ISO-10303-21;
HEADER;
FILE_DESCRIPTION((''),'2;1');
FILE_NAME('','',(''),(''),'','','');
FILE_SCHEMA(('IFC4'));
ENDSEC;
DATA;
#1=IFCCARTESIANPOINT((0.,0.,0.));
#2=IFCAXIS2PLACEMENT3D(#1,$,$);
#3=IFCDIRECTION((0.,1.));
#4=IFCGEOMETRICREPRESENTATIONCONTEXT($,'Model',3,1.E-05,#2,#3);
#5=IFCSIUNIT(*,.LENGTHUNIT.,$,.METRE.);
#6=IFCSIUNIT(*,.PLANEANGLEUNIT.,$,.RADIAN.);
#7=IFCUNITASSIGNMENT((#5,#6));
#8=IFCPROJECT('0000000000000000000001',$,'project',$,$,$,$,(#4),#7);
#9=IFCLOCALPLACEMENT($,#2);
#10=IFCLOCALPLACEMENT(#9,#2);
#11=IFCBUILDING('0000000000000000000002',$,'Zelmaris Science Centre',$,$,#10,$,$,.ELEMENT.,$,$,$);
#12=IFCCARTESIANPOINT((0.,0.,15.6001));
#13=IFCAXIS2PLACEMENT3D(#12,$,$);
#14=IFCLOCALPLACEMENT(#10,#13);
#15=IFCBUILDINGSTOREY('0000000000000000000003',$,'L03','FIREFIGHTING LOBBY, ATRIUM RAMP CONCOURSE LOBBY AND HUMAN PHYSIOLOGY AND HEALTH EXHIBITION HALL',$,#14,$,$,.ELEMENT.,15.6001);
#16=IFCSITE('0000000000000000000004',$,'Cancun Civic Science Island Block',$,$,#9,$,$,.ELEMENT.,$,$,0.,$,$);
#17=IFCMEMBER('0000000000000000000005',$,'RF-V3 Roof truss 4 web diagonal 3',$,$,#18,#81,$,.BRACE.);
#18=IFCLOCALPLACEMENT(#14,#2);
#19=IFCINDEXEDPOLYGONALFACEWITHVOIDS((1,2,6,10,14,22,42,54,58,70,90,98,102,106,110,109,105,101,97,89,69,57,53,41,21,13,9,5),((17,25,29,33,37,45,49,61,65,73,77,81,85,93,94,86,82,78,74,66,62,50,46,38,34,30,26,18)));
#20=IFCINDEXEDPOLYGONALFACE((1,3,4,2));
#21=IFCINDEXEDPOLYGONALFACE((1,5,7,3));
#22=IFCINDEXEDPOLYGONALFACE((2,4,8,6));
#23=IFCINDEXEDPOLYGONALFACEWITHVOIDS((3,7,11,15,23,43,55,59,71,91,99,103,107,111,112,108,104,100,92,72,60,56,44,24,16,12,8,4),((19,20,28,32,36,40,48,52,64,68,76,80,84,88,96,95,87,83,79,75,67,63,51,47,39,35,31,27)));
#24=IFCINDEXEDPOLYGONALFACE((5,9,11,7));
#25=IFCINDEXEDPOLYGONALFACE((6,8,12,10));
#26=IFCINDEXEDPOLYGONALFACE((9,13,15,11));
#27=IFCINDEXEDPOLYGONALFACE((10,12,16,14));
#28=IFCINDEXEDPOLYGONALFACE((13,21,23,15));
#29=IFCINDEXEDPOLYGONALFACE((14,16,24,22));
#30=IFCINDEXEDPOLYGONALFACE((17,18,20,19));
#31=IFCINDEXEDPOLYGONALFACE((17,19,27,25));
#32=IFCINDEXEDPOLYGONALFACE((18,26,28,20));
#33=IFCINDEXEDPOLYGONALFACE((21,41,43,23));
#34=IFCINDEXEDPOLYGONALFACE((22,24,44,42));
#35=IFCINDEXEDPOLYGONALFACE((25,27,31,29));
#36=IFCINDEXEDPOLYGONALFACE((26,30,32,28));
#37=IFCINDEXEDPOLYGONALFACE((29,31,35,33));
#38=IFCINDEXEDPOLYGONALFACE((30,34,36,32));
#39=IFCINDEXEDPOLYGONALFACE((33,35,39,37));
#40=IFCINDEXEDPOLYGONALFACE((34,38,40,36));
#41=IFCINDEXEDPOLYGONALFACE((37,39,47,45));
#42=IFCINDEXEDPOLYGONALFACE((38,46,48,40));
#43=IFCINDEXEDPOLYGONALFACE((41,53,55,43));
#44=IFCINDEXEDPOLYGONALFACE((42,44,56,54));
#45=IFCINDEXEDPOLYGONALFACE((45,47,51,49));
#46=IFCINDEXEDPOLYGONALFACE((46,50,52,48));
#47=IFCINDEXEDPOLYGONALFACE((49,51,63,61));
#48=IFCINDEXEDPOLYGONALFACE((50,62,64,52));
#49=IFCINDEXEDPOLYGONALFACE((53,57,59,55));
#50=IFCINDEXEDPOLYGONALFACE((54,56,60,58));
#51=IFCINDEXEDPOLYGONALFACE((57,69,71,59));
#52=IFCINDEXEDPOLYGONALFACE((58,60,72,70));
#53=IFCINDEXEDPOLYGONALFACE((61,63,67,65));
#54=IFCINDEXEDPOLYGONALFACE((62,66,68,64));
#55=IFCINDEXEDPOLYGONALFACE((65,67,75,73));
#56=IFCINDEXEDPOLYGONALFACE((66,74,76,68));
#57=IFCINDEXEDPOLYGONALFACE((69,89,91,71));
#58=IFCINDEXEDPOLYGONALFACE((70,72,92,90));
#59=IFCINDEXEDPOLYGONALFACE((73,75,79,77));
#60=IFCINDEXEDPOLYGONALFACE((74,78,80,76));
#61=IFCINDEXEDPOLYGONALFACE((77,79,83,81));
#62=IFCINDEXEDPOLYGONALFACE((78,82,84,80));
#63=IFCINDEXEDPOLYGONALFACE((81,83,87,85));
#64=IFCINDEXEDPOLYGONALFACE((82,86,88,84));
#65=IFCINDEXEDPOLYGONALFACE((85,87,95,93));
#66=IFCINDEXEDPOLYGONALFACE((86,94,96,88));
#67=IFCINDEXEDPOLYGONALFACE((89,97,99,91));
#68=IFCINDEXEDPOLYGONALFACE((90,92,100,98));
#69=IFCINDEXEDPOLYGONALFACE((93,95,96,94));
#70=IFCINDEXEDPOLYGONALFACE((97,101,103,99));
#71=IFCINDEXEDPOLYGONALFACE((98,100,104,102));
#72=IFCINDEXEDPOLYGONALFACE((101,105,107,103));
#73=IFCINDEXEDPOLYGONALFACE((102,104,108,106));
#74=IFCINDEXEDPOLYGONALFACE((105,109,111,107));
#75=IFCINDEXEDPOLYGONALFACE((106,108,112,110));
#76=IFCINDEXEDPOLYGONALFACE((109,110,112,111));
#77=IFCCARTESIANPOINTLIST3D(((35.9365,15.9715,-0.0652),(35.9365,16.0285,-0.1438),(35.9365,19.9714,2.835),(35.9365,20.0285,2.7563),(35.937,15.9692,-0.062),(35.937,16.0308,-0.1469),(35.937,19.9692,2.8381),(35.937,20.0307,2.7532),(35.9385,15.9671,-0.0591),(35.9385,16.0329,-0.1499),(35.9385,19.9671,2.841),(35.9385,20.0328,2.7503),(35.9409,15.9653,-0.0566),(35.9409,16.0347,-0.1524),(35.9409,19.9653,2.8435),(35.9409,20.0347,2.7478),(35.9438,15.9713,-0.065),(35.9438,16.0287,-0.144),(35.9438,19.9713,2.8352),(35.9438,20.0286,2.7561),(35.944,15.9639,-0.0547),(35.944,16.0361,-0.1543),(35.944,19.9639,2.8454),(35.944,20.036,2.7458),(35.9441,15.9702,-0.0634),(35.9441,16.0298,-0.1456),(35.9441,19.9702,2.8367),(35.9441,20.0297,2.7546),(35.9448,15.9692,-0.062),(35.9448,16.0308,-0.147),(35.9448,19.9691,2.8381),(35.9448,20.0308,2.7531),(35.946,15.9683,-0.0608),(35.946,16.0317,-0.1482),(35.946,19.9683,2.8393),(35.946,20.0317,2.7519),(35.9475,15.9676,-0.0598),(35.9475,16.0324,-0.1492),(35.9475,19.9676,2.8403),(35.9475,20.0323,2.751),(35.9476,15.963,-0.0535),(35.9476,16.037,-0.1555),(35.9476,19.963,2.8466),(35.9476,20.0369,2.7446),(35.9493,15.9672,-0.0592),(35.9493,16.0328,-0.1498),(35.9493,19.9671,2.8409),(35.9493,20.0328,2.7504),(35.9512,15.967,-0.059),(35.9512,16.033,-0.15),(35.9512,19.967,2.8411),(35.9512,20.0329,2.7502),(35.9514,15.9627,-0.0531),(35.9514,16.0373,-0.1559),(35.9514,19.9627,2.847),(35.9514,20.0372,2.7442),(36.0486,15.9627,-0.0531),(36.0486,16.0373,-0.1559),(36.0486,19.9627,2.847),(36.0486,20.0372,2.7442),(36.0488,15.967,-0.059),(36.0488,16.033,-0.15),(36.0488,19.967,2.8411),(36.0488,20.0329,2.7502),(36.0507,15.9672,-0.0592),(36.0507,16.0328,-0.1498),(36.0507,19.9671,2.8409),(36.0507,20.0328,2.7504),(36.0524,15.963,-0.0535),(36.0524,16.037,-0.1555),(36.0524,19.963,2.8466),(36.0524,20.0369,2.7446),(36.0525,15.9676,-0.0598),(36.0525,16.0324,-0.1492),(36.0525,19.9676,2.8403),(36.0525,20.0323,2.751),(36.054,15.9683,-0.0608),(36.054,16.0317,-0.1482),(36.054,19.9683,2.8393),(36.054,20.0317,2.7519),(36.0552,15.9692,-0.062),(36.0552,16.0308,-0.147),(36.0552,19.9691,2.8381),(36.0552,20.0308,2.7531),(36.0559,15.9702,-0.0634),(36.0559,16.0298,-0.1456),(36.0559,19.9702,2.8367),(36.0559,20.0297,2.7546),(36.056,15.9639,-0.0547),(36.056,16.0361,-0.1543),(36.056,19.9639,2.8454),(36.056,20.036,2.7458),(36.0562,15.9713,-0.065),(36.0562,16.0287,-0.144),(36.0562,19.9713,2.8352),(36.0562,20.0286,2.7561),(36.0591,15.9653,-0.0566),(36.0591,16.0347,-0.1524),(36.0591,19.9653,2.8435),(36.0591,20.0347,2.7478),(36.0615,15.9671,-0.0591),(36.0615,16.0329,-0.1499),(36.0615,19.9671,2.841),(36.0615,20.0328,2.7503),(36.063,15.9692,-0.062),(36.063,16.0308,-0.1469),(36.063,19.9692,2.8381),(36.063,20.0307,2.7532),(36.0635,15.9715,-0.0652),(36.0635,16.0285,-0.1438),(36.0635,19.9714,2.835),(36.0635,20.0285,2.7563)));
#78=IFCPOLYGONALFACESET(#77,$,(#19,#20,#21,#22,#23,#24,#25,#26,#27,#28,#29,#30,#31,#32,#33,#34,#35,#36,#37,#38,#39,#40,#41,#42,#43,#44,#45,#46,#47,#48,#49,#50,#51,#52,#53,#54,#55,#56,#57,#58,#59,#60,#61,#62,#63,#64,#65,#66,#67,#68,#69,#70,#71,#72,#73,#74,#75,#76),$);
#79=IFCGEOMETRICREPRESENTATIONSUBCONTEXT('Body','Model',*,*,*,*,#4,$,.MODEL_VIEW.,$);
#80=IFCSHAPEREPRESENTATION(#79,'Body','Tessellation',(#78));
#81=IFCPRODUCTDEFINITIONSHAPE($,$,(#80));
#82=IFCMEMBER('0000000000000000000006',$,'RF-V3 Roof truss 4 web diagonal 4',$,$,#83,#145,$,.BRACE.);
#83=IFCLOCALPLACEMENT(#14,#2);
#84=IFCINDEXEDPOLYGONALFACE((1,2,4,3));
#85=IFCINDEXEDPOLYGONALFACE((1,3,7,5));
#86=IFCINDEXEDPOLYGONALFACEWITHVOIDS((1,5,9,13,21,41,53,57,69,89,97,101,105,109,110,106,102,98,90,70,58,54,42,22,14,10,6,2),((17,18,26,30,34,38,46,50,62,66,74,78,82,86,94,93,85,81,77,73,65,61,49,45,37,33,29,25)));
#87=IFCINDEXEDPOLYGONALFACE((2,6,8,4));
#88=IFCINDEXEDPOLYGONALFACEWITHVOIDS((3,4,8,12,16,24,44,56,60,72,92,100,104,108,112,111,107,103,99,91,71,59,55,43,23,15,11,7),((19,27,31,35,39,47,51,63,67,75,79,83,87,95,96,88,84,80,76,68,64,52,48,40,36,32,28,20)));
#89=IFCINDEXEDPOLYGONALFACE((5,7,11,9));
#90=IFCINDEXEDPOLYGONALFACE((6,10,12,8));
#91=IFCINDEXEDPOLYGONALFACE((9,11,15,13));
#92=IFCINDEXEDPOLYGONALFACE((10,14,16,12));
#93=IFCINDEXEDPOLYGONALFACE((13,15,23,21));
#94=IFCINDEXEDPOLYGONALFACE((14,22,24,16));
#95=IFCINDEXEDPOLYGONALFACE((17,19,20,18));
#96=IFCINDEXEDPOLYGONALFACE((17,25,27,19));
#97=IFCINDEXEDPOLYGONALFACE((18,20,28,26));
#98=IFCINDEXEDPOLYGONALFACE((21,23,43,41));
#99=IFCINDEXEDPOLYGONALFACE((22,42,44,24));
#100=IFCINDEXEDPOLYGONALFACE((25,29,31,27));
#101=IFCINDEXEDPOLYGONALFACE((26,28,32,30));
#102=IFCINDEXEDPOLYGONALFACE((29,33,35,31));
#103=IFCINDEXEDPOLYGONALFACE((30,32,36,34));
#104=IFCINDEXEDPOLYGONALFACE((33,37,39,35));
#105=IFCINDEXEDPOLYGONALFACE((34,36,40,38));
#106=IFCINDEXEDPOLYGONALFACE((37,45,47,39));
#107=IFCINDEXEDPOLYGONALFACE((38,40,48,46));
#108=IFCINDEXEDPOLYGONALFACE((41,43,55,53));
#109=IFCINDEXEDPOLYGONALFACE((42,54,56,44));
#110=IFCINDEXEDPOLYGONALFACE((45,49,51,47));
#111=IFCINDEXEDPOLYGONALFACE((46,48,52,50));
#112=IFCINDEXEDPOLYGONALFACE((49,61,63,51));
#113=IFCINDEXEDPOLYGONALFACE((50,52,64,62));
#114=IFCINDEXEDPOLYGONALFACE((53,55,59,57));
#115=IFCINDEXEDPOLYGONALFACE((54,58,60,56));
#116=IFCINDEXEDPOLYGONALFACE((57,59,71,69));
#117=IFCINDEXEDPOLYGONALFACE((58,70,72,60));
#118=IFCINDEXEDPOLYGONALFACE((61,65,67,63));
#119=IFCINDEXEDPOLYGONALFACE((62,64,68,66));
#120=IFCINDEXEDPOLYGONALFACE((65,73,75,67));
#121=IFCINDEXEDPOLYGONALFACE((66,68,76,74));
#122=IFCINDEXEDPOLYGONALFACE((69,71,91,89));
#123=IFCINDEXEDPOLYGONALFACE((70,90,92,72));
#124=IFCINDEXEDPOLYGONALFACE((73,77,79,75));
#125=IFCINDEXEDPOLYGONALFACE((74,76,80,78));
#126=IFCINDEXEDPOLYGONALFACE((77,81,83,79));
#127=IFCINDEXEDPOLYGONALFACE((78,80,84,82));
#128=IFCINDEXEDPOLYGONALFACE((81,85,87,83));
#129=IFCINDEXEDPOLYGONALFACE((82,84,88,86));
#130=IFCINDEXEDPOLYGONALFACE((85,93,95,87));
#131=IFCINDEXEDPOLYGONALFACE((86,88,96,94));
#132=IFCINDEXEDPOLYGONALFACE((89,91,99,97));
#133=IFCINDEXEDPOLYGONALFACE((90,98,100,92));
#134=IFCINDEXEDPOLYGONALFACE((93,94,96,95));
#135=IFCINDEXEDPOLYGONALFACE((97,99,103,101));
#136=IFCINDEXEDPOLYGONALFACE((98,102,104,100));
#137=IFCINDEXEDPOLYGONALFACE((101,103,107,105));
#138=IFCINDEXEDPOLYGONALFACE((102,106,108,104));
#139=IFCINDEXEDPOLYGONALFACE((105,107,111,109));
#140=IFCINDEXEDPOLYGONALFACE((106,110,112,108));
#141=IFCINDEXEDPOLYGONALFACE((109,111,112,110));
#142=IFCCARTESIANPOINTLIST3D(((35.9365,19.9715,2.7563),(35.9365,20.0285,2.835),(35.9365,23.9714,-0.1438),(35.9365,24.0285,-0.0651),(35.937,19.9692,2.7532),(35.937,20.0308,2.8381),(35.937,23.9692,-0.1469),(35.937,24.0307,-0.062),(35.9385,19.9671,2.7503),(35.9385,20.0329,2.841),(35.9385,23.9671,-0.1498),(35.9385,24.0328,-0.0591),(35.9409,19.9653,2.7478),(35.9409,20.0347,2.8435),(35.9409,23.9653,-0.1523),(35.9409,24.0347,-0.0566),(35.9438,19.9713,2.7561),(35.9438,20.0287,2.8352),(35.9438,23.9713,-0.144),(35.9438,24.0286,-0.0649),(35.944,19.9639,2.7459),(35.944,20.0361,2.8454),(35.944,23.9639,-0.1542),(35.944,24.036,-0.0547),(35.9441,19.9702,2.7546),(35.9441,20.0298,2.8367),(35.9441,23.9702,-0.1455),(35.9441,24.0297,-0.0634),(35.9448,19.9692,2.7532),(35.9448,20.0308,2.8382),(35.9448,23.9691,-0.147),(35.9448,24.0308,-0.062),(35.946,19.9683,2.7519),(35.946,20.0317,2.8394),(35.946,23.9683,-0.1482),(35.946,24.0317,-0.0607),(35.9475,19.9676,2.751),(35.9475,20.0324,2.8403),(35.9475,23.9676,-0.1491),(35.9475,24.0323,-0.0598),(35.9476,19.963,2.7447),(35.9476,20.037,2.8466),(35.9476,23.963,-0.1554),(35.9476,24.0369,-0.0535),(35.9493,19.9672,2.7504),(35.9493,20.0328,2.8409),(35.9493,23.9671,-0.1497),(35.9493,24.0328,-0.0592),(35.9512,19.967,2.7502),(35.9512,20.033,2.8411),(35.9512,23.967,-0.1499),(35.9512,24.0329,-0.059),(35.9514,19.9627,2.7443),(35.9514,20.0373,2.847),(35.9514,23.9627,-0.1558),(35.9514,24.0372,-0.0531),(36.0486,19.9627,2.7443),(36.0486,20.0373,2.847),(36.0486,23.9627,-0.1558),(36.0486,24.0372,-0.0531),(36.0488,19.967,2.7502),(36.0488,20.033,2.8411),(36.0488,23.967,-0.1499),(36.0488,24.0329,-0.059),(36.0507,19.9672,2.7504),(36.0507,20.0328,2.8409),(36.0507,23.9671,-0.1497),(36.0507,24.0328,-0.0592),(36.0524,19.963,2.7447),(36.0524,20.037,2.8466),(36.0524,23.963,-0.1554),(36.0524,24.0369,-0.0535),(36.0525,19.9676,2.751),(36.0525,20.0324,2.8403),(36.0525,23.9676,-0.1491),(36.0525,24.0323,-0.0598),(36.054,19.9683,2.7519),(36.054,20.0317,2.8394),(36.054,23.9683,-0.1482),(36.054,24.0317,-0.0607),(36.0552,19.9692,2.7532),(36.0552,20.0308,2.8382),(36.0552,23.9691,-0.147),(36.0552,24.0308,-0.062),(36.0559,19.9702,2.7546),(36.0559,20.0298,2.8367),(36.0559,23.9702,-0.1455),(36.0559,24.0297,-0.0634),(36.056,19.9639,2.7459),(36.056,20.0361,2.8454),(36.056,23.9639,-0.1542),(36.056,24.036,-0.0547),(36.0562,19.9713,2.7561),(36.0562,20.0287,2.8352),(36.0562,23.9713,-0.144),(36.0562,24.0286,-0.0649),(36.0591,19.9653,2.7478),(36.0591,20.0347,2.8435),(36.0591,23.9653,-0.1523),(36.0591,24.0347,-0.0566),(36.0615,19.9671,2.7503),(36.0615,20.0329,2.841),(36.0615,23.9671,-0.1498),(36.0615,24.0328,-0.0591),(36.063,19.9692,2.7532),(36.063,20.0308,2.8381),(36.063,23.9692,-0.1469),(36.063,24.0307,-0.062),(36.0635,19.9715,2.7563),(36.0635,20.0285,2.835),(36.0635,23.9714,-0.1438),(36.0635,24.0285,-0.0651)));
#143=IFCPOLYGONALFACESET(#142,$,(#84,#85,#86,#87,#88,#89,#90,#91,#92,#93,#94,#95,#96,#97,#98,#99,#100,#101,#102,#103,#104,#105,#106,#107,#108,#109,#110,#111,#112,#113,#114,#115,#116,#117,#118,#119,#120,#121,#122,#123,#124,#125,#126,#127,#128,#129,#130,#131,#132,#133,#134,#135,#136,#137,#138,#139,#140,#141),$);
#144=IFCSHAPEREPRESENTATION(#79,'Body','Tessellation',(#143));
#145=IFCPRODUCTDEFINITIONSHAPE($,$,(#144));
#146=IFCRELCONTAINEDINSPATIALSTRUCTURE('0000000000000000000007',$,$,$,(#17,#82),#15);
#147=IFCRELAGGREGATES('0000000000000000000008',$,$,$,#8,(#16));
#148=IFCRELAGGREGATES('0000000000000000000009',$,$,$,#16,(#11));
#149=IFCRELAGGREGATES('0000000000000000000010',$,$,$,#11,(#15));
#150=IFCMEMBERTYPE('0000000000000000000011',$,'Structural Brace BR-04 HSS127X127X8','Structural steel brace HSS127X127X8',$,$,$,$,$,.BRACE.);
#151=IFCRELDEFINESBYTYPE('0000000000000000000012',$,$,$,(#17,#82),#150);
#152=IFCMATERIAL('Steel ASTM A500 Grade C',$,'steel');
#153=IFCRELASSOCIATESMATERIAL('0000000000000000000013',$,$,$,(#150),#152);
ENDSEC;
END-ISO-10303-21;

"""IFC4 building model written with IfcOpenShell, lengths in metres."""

from ifc_helpers import new_model, si_unit, direction, frame, origin, origin_2d, place, context, subcontext, project, spatial, hollow_rectangle, extrude, material, material_profile, profile_set, type_object, element, save


model = new_model("IFC4")

# Units and contexts
model_context = context("Model", 3, precision=1e-05, world=origin(), true_north=direction((0.0, 1.0)))
body_context = subcontext(model_context, "Body", "Model", "MODEL_VIEW")
ifc_project = project(units=[si_unit("LENGTHUNIT", "METRE"), si_unit("PLANEANGLEUNIT", "RADIAN")], contexts=[model_context])

# Site, building, storey
site_placement = place(None, origin())
site = spatial("IfcSite", under=ifc_project, at=site_placement, Name="Cancun Civic Science Island Block", CompositionType="ELEMENT", RefElevation=0.0)
building_placement = place(site_placement, origin())
building = spatial("IfcBuilding", under=site, at=building_placement, Name="Zelmaris Science Centre", CompositionType="ELEMENT")
storey_placement = place(building_placement, frame((0.0, 0.0, 15.6001)))
storey = spatial("IfcBuildingStorey", under=building, at=storey_placement, Name="L03", Description="FIREFIGHTING LOBBY, ATRIUM RAMP CONCOURSE LOBBY AND HUMAN PHYSIOLOGY AND HEALTH EXHIBITION HALL", CompositionType="ELEMENT", Elevation=15.6001)

# Shared definitions
ifc_material = material(Name="Steel ASTM A500 Grade C", Category="steel")

# Members
ifc_material_profile_1 = material_profile(ifc_material, hollow_rectangle(XDim=0.127, YDim=0.127, WallThickness=0.0073, InnerFilletRadius=0.0073, OuterFilletRadius=0.0149, at=origin_2d()), Name="HSS127X127X8")
ifc_profile_set_1 = profile_set([ifc_material_profile_1], Name="Steel ASTM A500 Grade C")
member_type_1 = type_object("IfcMemberType", Name="Structural Brace BR-04 HSS127X127X8", Description="Structural steel brace HSS127X127X8", PredefinedType="BRACE", material=ifc_profile_set_1)
for number, where, z_axis, x_axis, name in (
    (1, (36.0, 16.0, -0.1045), (0.0, 0.809596, 0.586987), (-1.0, 0.0, 0.0), "RF-V3 Roof truss 4 web diagonal 3"),
    (2, (36.0, 20.0, 2.7957), (0.0, 0.809596, -0.586987), (-1.0, 0.0, 0.0), "RF-V3 Roof truss 4 web diagonal 4"),
):
    element("IfcMember", number, at=place(storey_placement, frame(where, z_axis=z_axis, x_axis=x_axis)), inside=storey, type_object=member_type_1, Name=name, PredefinedType="BRACE", context=body_context, shape_type="SweptSolid", body=[
        extrude(hollow_rectangle(XDim=0.127, YDim=0.127, WallThickness=0.0073, InnerFilletRadius=0.0073, OuterFilletRadius=0.0149, at=origin_2d()), origin(), (0.0, 0.0, 1.0), 4.9407),
    ])

save(model, "model.ifc")
